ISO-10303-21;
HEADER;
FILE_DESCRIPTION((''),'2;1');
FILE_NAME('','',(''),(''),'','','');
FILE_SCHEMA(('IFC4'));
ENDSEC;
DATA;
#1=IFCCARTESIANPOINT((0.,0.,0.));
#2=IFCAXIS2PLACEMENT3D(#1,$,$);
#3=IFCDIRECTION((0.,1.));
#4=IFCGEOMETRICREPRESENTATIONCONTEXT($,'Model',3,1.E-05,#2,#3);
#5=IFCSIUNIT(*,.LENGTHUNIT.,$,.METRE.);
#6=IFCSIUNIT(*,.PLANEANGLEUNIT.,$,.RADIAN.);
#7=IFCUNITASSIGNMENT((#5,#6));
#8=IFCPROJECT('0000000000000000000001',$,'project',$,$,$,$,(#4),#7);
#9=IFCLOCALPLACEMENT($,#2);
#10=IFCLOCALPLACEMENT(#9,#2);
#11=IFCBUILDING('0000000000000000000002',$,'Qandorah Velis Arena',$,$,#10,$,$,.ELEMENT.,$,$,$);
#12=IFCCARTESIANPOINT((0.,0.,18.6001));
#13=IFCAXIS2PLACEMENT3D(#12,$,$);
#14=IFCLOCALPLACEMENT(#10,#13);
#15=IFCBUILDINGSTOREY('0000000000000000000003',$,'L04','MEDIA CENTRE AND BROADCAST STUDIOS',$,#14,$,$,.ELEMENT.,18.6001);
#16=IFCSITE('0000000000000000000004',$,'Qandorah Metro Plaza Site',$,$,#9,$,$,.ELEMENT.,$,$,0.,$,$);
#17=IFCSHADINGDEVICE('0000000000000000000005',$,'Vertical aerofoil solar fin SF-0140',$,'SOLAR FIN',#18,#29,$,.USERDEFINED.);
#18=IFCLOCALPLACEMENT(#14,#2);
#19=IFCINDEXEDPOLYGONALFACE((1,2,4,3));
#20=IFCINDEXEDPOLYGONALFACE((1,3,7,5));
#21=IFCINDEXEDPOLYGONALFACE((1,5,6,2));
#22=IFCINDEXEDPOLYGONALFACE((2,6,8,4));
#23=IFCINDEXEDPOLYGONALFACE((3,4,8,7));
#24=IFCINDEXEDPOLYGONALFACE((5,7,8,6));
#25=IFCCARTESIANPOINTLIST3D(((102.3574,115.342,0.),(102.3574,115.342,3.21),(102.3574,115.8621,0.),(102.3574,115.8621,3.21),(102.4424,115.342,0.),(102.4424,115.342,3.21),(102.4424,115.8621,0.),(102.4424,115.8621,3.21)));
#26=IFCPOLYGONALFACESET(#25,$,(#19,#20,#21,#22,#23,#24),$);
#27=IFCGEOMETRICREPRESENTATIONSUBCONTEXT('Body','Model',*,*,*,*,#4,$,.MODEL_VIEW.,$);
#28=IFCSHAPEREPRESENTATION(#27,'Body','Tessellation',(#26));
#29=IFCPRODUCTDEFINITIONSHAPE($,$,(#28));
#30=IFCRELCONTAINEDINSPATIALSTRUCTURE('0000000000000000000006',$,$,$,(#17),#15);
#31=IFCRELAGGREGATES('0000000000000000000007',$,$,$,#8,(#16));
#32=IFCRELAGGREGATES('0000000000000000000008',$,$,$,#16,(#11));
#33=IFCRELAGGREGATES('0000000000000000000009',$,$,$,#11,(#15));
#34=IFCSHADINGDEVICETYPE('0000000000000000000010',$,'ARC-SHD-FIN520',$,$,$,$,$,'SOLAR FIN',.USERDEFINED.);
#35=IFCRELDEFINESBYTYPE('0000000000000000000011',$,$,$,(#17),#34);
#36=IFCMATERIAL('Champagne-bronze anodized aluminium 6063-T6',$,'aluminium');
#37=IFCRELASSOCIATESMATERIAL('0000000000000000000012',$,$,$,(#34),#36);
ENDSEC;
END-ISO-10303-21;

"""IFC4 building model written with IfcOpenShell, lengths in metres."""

from ifc_helpers import new_model, si_unit, direction, frame, origin, origin_2d, place, context, subcontext, project, spatial, rectangle, extrude, material, type_object, element, save


model = new_model("IFC4")

# Units and contexts
model_context = context("Model", 3, precision=1e-05, world=origin(), true_north=direction((0.0, 1.0)))
body_context = subcontext(model_context, "Body", "Model", "MODEL_VIEW")
ifc_project = project(units=[si_unit("LENGTHUNIT", "METRE"), si_unit("PLANEANGLEUNIT", "RADIAN")], contexts=[model_context])

# Site, building, storey
site_placement = place(None, origin())
site = spatial("IfcSite", under=ifc_project, at=site_placement, Name="Qandorah Metro Plaza Site", CompositionType="ELEMENT", RefElevation=0.0)
building_placement = place(site_placement, origin())
building = spatial("IfcBuilding", under=site, at=building_placement, Name="Qandorah Velis Arena", CompositionType="ELEMENT")
storey_placement = place(building_placement, frame((0.0, 0.0, 18.6001)))
storey = spatial("IfcBuildingStorey", under=building, at=storey_placement, Name="L04", Description="MEDIA CENTRE AND BROADCAST STUDIOS", CompositionType="ELEMENT", Elevation=18.6001)

# Shared definitions
ifc_material_1 = material(Name="Champagne-bronze anodized aluminium 6063-T6", Category="aluminium")

# Shading device
shading_device_type = type_object("IfcShadingDeviceType", Name="ARC-SHD-FIN520", ElementType="SOLAR FIN", PredefinedType="USERDEFINED", material=ifc_material_1)
for number, where, z_axis, x_axis, name in (
    (1, (102.3999, 115.6021, 0.0), (0.0, 0.0, 1.0), (1.0, 0.0, 0.0), "Vertical aerofoil solar fin SF-0140"),
):
    element("IfcShadingDevice", number, at=place(storey_placement, frame(where, z_axis=z_axis, x_axis=x_axis)), inside=storey, type_object=shading_device_type, Name=name, ObjectType="SOLAR FIN", PredefinedType="USERDEFINED", context=body_context, shape_type="SweptSolid", body=[
        extrude(rectangle(XDim=0.085, YDim=0.52, at=origin_2d()), origin(), (0.0, 0.0, 1.0), 3.21),
    ])

save(model, "model.ifc")
